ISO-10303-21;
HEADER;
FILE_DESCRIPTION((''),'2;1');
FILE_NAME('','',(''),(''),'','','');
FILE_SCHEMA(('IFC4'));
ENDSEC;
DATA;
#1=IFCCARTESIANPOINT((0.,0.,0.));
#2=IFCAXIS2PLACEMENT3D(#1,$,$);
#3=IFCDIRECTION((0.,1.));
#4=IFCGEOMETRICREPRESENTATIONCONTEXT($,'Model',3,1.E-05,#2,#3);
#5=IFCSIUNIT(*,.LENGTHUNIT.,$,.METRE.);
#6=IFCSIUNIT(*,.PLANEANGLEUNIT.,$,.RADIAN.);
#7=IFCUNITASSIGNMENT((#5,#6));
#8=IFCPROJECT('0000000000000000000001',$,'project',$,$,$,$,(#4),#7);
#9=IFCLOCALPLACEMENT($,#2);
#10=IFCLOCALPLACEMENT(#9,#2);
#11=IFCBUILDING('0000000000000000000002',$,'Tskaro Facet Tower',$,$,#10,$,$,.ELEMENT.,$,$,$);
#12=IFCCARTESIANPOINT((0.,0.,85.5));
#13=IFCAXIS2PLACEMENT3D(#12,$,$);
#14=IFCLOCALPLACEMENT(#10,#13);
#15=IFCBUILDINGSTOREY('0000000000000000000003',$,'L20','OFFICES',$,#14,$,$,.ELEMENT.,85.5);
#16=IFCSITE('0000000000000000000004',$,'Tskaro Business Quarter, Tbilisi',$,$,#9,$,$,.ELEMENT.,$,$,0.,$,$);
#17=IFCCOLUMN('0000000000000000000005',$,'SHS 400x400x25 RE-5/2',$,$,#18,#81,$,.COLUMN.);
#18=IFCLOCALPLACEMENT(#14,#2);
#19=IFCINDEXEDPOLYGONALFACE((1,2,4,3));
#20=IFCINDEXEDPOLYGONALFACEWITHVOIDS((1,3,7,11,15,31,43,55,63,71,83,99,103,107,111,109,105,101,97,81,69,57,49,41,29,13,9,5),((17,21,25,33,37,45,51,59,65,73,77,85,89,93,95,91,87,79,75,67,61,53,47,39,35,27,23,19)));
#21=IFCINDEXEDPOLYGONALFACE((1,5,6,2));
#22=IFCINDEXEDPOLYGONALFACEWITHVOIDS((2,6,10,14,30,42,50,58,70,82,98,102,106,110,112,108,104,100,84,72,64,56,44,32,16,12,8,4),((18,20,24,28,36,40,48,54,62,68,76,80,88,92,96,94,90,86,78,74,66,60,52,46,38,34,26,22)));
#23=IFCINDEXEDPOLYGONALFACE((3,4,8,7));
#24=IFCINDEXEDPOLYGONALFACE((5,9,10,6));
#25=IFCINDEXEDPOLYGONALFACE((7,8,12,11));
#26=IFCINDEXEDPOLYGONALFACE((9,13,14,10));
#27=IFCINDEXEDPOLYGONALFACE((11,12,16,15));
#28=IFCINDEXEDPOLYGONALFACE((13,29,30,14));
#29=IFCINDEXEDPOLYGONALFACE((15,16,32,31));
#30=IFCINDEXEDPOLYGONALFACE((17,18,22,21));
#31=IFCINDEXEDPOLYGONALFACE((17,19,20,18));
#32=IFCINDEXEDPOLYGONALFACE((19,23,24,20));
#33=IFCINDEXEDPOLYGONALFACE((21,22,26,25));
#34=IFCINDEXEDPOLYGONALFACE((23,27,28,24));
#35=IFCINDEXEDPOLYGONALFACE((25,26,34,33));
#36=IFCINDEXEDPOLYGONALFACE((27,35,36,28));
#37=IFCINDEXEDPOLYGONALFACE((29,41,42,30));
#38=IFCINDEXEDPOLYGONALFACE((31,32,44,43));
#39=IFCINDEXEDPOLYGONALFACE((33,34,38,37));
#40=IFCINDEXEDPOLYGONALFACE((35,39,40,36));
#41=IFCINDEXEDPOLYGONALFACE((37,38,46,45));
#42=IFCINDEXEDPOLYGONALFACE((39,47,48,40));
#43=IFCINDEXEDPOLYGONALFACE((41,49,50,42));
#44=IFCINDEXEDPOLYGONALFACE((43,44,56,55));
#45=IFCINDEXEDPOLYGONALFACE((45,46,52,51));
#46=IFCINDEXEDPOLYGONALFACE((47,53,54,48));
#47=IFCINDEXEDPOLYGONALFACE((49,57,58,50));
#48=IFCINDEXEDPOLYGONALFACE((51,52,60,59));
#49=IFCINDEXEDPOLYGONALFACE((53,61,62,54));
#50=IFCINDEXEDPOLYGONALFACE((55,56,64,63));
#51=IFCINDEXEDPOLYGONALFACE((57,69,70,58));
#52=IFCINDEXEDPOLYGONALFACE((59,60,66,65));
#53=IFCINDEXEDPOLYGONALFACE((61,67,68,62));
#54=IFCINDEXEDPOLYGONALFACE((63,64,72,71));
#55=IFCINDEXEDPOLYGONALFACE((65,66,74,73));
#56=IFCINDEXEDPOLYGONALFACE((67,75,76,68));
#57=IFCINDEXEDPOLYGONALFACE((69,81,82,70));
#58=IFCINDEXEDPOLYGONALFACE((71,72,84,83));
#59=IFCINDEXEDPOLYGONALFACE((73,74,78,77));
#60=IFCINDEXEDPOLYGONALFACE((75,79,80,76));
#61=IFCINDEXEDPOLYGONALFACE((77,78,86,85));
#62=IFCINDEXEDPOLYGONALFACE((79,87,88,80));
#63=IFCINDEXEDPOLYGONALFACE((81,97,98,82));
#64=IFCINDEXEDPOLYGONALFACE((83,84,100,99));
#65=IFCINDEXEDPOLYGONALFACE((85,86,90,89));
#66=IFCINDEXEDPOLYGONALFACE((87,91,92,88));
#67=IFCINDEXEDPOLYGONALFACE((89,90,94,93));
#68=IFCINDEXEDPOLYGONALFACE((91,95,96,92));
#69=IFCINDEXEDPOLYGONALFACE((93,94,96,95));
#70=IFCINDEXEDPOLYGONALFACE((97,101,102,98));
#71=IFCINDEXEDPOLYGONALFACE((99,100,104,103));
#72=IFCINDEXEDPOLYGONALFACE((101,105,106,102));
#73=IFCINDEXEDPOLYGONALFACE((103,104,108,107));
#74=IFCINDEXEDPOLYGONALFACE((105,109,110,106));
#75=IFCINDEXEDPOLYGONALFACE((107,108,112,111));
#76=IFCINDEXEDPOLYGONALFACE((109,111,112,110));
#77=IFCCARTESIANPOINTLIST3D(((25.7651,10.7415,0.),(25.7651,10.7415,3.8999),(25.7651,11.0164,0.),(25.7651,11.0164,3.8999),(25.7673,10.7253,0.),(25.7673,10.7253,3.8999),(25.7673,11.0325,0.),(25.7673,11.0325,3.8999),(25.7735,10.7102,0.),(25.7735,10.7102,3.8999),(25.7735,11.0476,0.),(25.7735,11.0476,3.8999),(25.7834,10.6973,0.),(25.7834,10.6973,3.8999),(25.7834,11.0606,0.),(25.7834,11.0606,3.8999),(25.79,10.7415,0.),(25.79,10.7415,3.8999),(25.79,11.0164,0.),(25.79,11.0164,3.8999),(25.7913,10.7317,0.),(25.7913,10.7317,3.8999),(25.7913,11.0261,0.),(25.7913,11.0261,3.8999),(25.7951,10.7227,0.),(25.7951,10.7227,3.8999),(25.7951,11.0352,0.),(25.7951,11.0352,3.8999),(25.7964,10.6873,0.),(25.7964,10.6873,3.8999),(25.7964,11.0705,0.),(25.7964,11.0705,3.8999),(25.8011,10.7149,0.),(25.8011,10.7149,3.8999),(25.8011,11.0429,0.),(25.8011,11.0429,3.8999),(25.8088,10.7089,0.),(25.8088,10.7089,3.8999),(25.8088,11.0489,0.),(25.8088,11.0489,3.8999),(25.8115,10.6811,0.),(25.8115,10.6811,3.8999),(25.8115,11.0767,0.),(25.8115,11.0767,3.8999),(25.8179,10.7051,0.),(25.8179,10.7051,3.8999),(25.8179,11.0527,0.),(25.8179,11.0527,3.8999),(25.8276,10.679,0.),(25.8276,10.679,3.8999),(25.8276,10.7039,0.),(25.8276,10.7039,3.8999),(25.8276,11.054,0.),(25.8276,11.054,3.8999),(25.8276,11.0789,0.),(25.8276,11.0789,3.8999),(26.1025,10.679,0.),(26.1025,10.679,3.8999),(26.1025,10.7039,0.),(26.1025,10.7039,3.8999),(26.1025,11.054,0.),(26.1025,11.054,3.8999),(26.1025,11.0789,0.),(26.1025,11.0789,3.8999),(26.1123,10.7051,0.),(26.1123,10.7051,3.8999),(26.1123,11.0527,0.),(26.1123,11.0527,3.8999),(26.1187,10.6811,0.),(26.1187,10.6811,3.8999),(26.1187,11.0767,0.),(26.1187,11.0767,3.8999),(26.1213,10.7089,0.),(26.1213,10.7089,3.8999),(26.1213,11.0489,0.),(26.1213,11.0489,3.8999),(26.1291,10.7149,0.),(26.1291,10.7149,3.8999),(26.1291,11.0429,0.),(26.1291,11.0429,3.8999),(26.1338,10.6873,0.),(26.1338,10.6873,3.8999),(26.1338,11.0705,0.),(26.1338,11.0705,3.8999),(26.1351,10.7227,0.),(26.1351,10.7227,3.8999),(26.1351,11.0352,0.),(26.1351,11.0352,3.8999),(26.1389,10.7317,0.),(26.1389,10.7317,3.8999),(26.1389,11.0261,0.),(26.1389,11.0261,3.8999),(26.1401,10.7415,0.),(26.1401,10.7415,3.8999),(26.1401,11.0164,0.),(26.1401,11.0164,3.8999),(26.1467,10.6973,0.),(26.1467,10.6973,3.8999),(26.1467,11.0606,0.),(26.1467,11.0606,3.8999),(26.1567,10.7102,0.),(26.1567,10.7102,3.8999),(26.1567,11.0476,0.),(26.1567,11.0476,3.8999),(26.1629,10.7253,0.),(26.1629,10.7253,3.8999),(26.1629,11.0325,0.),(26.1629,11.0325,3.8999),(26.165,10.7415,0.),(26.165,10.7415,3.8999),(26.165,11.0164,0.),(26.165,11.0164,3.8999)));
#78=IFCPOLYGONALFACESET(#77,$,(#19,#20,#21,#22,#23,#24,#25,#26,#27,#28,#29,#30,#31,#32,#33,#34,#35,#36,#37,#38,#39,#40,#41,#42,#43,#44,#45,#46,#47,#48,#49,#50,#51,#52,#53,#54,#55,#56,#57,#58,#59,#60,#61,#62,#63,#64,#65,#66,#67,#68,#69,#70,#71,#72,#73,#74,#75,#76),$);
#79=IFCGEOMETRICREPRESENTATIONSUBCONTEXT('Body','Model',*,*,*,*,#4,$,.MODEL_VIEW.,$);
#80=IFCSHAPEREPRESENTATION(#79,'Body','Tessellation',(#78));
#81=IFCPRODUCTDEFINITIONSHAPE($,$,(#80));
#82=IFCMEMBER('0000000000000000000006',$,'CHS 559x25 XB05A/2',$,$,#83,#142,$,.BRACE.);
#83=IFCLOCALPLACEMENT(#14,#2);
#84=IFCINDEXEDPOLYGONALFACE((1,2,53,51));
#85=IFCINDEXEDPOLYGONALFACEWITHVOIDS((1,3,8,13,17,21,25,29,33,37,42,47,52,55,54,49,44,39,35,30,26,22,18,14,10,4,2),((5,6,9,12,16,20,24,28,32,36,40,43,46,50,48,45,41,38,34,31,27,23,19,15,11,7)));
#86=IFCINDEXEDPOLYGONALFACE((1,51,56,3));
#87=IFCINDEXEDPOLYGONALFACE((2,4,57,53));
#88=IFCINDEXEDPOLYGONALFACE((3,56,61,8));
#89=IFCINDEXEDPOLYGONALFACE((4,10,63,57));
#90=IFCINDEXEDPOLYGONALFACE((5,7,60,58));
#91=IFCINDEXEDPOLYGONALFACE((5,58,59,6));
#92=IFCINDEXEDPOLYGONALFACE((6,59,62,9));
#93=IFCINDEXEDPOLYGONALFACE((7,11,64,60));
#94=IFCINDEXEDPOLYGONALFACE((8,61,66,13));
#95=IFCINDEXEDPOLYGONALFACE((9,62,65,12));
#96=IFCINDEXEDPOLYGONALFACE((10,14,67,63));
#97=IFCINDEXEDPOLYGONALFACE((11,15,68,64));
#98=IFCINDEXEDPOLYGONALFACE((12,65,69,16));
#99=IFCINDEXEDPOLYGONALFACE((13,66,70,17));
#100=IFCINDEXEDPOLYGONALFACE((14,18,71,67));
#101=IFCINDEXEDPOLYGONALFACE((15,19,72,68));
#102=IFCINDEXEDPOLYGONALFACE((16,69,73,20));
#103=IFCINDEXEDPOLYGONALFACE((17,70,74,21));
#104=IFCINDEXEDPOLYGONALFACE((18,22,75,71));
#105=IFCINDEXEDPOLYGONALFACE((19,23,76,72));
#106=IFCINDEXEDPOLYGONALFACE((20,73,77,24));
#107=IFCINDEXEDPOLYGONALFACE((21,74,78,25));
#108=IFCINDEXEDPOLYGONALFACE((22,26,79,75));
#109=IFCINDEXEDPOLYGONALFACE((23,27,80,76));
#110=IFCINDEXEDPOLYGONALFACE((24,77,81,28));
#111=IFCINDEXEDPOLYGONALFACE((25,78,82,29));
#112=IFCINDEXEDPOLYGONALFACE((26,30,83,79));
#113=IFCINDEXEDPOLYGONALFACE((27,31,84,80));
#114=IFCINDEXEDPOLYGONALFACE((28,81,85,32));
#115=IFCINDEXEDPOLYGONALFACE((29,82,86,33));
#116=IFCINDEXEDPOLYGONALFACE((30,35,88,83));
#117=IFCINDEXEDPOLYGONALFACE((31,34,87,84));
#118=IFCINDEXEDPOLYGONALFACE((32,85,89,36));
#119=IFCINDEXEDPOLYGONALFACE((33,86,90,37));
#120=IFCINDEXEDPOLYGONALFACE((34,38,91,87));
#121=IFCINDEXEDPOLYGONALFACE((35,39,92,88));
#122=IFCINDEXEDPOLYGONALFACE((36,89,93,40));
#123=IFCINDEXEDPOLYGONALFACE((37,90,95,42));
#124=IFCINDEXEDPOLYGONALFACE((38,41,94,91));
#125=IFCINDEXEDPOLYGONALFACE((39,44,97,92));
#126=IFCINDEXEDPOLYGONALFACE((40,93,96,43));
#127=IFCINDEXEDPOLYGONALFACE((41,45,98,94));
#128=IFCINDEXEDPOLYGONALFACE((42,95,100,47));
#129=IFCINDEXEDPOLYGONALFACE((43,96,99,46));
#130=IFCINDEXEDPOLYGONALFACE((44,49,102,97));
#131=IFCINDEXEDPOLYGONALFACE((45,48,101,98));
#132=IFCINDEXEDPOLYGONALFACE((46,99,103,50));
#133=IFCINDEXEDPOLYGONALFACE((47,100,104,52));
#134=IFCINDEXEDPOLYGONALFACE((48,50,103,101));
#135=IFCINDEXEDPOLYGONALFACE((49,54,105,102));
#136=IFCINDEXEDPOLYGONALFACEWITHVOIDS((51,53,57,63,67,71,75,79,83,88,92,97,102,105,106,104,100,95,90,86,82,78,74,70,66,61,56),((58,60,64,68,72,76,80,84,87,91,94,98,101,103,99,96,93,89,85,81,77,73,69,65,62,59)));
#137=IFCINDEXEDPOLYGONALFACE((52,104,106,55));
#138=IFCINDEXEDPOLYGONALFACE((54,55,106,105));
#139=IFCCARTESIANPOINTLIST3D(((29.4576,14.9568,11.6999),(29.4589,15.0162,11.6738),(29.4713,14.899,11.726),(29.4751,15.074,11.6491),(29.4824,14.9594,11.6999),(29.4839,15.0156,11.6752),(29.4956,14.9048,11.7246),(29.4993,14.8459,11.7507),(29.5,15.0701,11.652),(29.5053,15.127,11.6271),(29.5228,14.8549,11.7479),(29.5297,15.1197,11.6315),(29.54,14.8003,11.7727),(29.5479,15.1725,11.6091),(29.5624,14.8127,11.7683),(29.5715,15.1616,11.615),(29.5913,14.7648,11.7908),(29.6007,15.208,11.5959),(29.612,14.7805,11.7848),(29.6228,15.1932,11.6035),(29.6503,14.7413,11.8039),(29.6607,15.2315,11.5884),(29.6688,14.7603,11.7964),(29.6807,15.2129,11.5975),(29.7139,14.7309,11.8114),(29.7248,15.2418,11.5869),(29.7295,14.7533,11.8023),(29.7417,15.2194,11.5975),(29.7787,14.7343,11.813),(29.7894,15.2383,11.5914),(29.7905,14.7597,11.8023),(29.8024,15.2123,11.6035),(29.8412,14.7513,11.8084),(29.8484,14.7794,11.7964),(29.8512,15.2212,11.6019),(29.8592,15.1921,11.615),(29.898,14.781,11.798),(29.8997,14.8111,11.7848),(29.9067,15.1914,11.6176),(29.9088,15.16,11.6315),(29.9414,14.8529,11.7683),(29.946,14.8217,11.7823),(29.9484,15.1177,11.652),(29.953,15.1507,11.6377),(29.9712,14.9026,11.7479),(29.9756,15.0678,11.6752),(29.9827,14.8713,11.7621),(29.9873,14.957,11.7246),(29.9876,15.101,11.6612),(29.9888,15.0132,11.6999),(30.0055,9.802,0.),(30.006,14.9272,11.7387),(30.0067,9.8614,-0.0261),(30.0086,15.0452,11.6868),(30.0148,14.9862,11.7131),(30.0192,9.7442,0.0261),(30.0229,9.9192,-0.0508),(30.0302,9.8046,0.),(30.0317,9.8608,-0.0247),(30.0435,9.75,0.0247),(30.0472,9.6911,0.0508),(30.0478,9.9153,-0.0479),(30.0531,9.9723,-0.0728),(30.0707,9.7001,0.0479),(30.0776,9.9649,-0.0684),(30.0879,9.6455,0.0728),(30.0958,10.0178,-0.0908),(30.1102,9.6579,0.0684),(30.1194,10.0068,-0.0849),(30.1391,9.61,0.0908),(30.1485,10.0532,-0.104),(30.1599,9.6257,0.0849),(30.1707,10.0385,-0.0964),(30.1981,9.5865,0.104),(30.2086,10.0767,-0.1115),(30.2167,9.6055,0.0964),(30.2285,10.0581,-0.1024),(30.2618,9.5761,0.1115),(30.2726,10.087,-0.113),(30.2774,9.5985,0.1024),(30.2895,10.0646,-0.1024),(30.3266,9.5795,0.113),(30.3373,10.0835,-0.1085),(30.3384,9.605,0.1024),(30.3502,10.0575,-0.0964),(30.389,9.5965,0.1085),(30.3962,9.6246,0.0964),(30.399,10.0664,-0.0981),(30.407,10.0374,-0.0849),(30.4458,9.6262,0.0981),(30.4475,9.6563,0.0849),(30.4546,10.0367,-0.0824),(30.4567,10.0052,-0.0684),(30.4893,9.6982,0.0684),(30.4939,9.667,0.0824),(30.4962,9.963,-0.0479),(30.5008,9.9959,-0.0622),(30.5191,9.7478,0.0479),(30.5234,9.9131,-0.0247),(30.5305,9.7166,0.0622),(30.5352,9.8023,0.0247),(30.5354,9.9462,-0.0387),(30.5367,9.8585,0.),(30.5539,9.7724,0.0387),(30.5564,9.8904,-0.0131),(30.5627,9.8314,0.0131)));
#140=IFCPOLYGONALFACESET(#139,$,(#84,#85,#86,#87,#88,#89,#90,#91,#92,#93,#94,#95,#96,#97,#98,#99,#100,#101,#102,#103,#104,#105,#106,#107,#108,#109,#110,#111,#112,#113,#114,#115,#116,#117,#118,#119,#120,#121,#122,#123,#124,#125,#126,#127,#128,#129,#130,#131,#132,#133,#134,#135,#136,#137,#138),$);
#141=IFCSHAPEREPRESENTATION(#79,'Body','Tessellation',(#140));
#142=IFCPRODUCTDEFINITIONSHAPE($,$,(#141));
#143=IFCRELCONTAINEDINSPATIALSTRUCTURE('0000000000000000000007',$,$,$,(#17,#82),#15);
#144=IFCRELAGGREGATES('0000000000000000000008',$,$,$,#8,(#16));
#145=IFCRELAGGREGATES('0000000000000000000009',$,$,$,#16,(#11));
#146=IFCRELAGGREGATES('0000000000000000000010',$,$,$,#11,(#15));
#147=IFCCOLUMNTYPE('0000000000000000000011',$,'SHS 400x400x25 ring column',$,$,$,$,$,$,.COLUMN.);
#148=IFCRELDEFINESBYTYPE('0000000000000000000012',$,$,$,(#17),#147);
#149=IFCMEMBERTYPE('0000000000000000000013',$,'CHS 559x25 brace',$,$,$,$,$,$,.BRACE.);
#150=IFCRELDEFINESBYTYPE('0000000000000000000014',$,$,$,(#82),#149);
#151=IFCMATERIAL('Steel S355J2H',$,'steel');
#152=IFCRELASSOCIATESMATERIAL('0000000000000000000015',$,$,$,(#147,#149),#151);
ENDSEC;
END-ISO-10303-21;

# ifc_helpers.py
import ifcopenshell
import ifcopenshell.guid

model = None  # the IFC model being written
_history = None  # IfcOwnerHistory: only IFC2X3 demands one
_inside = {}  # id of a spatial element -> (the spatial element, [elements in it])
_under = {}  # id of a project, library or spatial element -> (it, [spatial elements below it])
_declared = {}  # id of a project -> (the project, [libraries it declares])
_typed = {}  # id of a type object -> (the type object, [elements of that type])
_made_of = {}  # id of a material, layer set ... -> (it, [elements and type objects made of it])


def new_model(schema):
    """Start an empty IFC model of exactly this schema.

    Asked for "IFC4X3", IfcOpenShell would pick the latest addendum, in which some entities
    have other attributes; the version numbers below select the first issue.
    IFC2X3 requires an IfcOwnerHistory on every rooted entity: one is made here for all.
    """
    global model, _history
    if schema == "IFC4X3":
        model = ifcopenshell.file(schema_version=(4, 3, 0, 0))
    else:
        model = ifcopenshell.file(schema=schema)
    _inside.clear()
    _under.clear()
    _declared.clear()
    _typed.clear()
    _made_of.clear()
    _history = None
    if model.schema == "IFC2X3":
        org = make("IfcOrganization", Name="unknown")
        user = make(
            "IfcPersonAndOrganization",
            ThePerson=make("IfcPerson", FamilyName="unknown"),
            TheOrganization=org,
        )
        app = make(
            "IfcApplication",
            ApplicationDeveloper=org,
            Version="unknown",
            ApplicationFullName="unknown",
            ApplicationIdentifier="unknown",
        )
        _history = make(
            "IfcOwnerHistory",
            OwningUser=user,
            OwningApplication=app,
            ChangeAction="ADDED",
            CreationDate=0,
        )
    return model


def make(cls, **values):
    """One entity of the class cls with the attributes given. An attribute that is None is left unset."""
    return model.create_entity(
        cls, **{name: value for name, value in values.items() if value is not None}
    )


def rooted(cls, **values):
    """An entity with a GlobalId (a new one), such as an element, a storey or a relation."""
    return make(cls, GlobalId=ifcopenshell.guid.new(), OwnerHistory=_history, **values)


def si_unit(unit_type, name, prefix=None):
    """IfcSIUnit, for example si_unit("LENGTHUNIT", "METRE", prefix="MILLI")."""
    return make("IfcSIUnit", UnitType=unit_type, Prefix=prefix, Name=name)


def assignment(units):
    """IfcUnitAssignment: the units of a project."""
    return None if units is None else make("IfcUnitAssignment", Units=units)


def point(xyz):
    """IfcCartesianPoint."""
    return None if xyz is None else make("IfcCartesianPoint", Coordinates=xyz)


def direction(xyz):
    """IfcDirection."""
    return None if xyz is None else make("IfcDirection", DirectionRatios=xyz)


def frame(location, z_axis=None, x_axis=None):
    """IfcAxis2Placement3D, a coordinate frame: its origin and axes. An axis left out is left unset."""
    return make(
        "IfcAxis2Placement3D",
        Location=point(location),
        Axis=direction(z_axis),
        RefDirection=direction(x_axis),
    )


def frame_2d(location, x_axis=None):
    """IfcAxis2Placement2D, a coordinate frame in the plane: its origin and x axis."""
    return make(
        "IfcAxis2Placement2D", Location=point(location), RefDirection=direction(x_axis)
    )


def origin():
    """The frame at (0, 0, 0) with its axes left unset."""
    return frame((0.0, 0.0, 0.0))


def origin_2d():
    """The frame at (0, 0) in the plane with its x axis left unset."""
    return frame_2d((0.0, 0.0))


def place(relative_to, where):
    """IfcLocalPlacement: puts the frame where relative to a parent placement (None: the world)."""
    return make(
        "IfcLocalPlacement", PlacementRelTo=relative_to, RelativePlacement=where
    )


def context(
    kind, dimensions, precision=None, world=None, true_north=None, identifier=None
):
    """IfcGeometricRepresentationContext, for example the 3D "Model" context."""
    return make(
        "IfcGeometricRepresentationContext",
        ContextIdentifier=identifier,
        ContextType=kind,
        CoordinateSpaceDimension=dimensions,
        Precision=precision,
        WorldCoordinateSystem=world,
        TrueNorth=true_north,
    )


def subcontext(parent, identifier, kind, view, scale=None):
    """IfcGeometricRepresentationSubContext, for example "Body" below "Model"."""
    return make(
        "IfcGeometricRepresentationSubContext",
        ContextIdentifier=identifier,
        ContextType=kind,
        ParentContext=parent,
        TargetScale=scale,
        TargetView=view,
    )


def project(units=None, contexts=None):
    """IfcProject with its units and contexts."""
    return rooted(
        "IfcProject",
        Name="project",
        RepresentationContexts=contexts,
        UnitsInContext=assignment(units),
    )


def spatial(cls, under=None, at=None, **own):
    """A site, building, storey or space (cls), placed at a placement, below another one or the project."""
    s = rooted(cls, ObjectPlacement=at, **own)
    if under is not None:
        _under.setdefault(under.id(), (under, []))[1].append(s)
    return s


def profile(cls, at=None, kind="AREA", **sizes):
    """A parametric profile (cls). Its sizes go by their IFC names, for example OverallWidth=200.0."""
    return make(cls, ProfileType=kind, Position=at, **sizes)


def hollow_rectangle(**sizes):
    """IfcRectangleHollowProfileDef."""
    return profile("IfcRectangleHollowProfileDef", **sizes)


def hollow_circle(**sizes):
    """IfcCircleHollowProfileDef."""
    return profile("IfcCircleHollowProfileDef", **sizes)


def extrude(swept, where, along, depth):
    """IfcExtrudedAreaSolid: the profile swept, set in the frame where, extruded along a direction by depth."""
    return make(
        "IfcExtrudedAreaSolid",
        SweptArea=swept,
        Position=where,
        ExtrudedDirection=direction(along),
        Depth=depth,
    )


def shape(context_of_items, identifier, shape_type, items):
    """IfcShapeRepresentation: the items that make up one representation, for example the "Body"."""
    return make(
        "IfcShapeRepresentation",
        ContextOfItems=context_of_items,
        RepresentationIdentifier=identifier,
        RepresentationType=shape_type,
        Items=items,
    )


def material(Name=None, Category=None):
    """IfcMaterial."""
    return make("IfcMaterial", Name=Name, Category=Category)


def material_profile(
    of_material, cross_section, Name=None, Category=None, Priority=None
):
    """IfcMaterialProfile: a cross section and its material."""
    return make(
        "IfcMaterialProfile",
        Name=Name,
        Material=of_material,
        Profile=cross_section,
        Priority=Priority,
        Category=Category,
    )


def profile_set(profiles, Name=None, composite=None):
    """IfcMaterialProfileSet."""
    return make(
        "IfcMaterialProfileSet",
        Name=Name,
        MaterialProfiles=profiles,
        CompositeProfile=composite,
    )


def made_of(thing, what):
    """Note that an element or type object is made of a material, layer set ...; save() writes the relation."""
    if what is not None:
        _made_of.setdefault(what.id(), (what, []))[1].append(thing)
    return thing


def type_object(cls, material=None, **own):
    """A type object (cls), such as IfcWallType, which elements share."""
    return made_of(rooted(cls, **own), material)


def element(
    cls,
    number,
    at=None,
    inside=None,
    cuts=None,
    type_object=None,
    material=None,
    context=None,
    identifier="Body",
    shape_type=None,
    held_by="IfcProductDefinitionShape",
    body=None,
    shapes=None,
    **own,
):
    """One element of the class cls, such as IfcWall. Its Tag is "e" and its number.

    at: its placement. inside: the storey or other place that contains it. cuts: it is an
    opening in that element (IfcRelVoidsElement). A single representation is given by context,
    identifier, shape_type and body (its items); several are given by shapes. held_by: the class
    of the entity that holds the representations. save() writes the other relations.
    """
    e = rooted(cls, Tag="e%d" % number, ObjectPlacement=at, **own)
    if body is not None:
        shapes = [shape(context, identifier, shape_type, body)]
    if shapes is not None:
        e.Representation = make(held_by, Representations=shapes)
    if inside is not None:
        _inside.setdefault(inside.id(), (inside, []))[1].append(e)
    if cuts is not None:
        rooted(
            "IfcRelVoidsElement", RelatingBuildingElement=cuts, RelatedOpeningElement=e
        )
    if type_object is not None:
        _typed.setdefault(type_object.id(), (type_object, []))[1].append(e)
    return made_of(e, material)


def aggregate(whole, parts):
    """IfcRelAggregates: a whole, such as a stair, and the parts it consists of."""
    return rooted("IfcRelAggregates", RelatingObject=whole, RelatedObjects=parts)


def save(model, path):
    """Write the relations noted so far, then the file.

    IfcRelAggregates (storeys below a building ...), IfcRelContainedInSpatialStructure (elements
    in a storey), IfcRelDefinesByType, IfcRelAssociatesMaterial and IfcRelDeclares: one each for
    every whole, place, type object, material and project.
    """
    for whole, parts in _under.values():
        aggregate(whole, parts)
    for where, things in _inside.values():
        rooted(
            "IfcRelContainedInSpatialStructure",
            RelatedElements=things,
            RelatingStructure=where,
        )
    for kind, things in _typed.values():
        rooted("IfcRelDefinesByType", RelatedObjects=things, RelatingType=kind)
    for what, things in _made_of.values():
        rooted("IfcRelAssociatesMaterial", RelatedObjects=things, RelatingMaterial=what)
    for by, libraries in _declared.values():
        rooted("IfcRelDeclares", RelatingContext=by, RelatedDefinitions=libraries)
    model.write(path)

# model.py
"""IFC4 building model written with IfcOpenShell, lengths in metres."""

from ifc_helpers import new_model, si_unit, direction, frame, origin, origin_2d, place, context, subcontext, project, spatial, hollow_rectangle, hollow_circle, extrude, material, material_profile, profile_set, type_object, element, save


model = new_model("IFC4")

# Units and contexts
model_context = context("Model", 3, precision=1e-05, world=origin(), true_north=direction((0.0, 1.0)))
body_context = subcontext(model_context, "Body", "Model", "MODEL_VIEW")
ifc_project = project(units=[si_unit("LENGTHUNIT", "METRE"), si_unit("PLANEANGLEUNIT", "RADIAN")], contexts=[model_context])

# Site, building, storey
site_placement = place(None, origin())
site = spatial("IfcSite", under=ifc_project, at=site_placement, Name="Tskaro Business Quarter, Tbilisi", CompositionType="ELEMENT", RefElevation=0.0)
building_placement = place(site_placement, origin())
building = spatial("IfcBuilding", under=site, at=building_placement, Name="Tskaro Facet Tower", CompositionType="ELEMENT")
storey_placement = place(building_placement, frame((0.0, 0.0, 85.5)))
storey = spatial("IfcBuildingStorey", under=building, at=storey_placement, Name="L20", Description="OFFICES", CompositionType="ELEMENT", Elevation=85.5)

# Column
ifc_material_1 = material(Name="Steel S355J2H", Category="steel")
ifc_material_profile_1 = material_profile(ifc_material_1, hollow_rectangle(XDim=0.3999, YDim=0.3999, WallThickness=0.0249, InnerFilletRadius=0.0376, OuterFilletRadius=0.0625, at=origin_2d()), Name="SHS 400x400x25")
ifc_profile_set_1 = profile_set([ifc_material_profile_1], Name="Steel S355J2H")
column_type_1 = type_object("IfcColumnType", Name="SHS 400x400x25 ring column", PredefinedType="COLUMN", material=ifc_profile_set_1)
for number, where, z_axis, x_axis, name in (
    (1, (25.9651, 10.8789, 0.0), (0.0, 0.0, 1.0), (1.0, 0.0, 0.0), "SHS 400x400x25 RE-5/2"),
):
    element("IfcColumn", number, at=place(storey_placement, frame(where, z_axis=z_axis, x_axis=x_axis)), inside=storey, type_object=column_type_1, Name=name, PredefinedType="COLUMN", context=body_context, shape_type="SweptSolid", body=[
        extrude(hollow_rectangle(XDim=0.3999, YDim=0.3999, WallThickness=0.0249, InnerFilletRadius=0.0376, OuterFilletRadius=0.0625, at=origin_2d()), origin(), (0.0, 0.0, 1.0), 3.8999),
    ])

# Member
ifc_material_profile_2 = material_profile(ifc_material_1, hollow_circle(Radius=0.2795, WallThickness=0.0249, at=origin_2d()), Name="CHS 559x25")
ifc_profile_set_2 = profile_set([ifc_material_profile_2], Name="Steel S355J2H")
member_type_1 = type_object("IfcMemberType", Name="CHS 559x25 brace", PredefinedType="BRACE", material=ifc_profile_set_2)
member_1_placement = place(storey_placement, frame((30.2834, 9.8315, 0.0), z_axis=(-0.042811, 0.402815, 0.91428), x_axis=(-0.9944, -0.105685, 0.0)))
element("IfcMember", 2, at=member_1_placement, inside=storey, type_object=member_type_1, Name="CHS 559x25 XB05A/2", PredefinedType="BRACE", context=body_context, shape_type="SweptSolid", body=[
    extrude(hollow_circle(Radius=0.2795, WallThickness=0.0249, at=origin_2d()), origin(), (0.0, 0.0, 1.0), 12.7969),
])

save(model, "model.ifc")
